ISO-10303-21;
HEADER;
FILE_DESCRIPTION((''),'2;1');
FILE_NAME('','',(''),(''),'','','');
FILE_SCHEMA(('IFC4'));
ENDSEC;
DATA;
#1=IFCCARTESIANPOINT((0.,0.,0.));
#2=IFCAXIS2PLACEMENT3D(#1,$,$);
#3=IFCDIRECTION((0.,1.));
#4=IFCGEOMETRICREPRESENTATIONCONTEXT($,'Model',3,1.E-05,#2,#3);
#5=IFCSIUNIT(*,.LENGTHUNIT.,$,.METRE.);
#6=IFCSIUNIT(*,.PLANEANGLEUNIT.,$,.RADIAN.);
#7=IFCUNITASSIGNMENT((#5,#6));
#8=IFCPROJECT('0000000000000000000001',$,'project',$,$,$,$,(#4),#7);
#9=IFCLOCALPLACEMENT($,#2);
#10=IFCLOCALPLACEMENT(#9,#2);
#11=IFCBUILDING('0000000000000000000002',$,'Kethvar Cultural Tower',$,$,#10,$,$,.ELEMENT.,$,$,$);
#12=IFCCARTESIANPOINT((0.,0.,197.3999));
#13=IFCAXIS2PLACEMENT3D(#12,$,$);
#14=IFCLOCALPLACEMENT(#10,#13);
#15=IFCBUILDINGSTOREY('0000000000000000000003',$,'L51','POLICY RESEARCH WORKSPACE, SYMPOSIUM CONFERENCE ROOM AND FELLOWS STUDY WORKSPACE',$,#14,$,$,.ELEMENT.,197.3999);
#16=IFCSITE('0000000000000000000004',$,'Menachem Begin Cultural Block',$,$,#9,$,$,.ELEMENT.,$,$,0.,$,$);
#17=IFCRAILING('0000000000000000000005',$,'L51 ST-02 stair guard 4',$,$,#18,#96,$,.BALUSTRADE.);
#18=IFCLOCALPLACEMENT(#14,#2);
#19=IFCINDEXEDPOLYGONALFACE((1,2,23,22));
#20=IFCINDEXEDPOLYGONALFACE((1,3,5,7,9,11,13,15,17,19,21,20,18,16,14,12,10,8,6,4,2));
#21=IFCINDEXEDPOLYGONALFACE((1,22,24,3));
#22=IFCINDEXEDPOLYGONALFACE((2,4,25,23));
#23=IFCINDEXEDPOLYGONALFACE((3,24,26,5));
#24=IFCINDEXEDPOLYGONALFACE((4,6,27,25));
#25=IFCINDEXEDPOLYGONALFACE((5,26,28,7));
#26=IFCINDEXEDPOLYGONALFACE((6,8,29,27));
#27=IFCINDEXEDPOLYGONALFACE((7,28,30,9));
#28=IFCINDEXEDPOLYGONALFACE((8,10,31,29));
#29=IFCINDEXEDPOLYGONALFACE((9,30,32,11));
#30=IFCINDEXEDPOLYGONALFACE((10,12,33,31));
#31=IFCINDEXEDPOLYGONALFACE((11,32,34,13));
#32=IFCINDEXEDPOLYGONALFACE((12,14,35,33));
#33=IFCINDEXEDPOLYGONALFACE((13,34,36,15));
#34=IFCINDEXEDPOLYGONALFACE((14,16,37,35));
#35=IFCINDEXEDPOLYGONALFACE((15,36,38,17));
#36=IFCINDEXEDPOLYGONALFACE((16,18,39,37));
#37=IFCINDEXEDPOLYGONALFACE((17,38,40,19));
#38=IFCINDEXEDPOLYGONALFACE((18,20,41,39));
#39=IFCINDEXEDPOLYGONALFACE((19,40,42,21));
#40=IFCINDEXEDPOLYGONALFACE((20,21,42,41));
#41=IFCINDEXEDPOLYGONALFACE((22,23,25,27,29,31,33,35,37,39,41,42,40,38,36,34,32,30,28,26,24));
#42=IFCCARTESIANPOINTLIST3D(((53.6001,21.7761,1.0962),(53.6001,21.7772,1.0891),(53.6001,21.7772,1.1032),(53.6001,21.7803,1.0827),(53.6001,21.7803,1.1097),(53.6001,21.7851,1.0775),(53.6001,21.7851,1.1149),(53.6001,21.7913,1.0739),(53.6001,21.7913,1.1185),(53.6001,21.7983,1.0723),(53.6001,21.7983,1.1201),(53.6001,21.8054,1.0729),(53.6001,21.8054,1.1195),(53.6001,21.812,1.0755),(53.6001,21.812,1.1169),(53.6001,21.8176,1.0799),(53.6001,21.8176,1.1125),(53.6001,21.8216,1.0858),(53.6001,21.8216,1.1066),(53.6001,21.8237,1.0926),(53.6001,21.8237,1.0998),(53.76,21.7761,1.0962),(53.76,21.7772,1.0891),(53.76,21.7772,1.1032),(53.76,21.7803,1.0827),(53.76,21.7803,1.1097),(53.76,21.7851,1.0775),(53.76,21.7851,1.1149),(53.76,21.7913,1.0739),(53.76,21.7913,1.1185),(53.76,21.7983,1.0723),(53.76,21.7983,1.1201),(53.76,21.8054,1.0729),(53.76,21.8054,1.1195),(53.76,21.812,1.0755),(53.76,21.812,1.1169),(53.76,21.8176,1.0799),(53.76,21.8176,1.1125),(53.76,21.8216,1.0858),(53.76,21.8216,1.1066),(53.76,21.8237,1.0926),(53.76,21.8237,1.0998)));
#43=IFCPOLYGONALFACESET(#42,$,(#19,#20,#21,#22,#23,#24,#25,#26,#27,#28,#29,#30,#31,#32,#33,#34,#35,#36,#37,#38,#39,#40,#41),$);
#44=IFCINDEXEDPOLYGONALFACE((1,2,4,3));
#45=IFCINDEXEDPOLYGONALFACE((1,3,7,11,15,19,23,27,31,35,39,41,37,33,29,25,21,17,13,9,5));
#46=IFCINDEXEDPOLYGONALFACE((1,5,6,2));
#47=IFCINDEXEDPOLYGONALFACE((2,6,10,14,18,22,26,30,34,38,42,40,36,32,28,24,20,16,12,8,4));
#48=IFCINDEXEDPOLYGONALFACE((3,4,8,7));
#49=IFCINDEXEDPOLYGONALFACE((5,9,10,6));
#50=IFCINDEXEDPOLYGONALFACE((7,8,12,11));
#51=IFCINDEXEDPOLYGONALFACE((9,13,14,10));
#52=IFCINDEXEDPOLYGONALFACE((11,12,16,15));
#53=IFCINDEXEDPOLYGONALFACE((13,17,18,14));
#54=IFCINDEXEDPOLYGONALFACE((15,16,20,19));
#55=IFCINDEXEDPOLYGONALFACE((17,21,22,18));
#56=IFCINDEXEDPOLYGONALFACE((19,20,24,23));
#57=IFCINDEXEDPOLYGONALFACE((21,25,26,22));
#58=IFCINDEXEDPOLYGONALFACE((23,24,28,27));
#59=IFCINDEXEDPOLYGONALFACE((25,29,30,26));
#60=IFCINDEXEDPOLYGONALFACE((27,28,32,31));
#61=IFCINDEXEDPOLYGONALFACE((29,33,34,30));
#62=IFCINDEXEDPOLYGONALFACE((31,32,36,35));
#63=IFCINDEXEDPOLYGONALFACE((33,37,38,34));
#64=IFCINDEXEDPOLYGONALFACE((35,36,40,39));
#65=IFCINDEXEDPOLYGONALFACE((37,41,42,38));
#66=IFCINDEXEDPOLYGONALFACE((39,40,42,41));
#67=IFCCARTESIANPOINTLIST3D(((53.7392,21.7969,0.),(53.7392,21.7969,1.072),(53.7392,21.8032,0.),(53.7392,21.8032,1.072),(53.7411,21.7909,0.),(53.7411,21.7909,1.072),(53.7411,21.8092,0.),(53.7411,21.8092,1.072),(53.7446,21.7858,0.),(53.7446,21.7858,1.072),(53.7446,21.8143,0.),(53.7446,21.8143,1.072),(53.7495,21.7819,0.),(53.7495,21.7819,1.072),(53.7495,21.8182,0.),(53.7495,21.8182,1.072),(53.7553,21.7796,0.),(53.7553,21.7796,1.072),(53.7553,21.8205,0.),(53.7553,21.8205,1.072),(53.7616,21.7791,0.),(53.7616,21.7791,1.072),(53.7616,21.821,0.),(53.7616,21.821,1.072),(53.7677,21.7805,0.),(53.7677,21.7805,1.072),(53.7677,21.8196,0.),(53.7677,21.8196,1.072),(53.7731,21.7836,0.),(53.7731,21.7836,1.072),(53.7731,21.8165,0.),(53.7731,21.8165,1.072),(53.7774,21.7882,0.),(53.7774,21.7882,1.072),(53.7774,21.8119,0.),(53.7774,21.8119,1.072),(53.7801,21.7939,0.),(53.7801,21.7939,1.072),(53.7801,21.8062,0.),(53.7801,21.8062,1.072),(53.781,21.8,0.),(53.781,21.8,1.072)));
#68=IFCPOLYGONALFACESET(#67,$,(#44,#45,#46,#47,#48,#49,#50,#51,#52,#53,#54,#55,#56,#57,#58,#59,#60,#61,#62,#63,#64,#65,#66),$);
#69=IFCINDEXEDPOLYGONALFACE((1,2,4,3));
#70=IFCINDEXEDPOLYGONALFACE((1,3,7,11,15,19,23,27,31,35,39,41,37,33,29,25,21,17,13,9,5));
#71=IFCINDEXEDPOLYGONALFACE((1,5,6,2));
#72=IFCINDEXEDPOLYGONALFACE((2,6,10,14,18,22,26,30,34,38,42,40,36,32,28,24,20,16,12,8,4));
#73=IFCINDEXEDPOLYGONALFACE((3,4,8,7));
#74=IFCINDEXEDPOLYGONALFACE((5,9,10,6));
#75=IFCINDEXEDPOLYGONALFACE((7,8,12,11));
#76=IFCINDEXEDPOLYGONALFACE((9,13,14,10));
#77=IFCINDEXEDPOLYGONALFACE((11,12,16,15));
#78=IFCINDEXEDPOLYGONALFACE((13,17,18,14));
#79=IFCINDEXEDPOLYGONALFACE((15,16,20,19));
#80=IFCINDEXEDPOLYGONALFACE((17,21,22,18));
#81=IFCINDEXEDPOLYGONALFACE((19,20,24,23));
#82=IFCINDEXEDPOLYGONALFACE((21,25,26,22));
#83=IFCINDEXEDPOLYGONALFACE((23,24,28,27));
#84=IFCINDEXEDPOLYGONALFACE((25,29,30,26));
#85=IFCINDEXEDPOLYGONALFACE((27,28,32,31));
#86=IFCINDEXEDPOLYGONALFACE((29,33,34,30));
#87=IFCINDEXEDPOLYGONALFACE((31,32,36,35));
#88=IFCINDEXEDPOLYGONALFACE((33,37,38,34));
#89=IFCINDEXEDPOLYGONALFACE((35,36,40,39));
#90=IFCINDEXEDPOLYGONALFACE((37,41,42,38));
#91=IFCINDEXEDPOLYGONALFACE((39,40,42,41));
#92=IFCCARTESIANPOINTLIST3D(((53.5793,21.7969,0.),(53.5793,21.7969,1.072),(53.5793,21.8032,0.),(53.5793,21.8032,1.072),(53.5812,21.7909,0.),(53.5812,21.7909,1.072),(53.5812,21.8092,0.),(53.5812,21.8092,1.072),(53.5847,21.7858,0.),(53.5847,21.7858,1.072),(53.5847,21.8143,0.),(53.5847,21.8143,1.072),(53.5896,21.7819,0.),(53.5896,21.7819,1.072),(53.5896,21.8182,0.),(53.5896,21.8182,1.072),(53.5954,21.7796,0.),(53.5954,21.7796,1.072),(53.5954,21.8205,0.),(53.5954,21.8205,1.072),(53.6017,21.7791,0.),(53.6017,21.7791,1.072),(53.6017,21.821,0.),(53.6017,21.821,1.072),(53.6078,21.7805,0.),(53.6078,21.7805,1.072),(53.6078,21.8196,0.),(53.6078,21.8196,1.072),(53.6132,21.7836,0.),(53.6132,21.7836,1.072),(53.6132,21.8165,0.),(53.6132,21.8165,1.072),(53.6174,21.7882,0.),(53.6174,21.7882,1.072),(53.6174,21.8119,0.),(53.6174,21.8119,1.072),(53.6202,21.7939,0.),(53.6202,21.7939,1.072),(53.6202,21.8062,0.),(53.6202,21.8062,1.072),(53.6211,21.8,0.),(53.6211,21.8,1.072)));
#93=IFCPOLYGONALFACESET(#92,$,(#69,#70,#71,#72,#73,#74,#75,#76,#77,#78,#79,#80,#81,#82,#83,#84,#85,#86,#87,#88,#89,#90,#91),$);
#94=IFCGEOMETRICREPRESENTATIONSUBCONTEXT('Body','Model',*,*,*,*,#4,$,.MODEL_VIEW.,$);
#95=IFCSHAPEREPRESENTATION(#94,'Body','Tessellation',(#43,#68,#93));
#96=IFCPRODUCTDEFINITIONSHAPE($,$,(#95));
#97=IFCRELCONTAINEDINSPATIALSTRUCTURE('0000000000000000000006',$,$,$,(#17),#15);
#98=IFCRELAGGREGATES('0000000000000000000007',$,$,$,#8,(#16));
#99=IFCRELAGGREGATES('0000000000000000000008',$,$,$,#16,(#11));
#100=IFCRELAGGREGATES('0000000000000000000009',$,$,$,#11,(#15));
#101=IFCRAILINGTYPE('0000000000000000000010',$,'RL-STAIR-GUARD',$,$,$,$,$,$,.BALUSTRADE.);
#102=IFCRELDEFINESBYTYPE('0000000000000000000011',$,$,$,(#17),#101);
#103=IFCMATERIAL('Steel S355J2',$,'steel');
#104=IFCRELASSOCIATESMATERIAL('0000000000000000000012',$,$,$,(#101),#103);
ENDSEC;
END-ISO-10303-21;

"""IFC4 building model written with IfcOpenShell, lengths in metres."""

from ifc_helpers import new_model, si_unit, direction, frame, origin, origin_2d, place, context, subcontext, project, spatial, circle, extrude, material, type_object, element, save


model = new_model("IFC4")

# Units and contexts
model_context = context("Model", 3, precision=1e-05, world=origin(), true_north=direction((0.0, 1.0)))
body_context = subcontext(model_context, "Body", "Model", "MODEL_VIEW")
ifc_project = project(units=[si_unit("LENGTHUNIT", "METRE"), si_unit("PLANEANGLEUNIT", "RADIAN")], contexts=[model_context])

# Site, building, storey
site_placement = place(None, origin())
site = spatial("IfcSite", under=ifc_project, at=site_placement, Name="Menachem Begin Cultural Block", CompositionType="ELEMENT", RefElevation=0.0)
building_placement = place(site_placement, origin())
building = spatial("IfcBuilding", under=site, at=building_placement, Name="Kethvar Cultural Tower", CompositionType="ELEMENT")
storey_placement = place(building_placement, frame((0.0, 0.0, 197.3999)))
storey = spatial("IfcBuildingStorey", under=building, at=storey_placement, Name="L51", Description="POLICY RESEARCH WORKSPACE, SYMPOSIUM CONFERENCE ROOM AND FELLOWS STUDY WORKSPACE", CompositionType="ELEMENT", Elevation=197.3999)

# Shared definitions
ifc_material_1 = material(Name="Steel S355J2", Category="steel")

# Railing
railing_type_1 = type_object("IfcRailingType", Name="RL-STAIR-GUARD", PredefinedType="BALUSTRADE", material=ifc_material_1)
railing_1_placement = place(storey_placement, frame((53.76, 21.8, 0.0)))
element("IfcRailing", 1, at=railing_1_placement, inside=storey, type_object=railing_type_1, Name="L51 ST-02 stair guard 4", PredefinedType="BALUSTRADE", context=body_context, shape_type="SweptSolid", body=[
    extrude(circle(Radius=0.0239, at=origin_2d()), frame((0.0, 0.0, 1.0962), z_axis=(-1.0, 0.0, 0.0), x_axis=(0.0, -1.0, 0.0)), (0.0, 0.0, 1.0), 0.1599),
    extrude(circle(Radius=0.021, at=origin_2d()), origin(), (0.0, 0.0, 1.0), 1.072),
    extrude(circle(Radius=0.021, at=origin_2d()), frame((-0.1599, 0.0, 0.0)), (0.0, 0.0, 1.0), 1.072),
])

save(model, "model.ifc")
